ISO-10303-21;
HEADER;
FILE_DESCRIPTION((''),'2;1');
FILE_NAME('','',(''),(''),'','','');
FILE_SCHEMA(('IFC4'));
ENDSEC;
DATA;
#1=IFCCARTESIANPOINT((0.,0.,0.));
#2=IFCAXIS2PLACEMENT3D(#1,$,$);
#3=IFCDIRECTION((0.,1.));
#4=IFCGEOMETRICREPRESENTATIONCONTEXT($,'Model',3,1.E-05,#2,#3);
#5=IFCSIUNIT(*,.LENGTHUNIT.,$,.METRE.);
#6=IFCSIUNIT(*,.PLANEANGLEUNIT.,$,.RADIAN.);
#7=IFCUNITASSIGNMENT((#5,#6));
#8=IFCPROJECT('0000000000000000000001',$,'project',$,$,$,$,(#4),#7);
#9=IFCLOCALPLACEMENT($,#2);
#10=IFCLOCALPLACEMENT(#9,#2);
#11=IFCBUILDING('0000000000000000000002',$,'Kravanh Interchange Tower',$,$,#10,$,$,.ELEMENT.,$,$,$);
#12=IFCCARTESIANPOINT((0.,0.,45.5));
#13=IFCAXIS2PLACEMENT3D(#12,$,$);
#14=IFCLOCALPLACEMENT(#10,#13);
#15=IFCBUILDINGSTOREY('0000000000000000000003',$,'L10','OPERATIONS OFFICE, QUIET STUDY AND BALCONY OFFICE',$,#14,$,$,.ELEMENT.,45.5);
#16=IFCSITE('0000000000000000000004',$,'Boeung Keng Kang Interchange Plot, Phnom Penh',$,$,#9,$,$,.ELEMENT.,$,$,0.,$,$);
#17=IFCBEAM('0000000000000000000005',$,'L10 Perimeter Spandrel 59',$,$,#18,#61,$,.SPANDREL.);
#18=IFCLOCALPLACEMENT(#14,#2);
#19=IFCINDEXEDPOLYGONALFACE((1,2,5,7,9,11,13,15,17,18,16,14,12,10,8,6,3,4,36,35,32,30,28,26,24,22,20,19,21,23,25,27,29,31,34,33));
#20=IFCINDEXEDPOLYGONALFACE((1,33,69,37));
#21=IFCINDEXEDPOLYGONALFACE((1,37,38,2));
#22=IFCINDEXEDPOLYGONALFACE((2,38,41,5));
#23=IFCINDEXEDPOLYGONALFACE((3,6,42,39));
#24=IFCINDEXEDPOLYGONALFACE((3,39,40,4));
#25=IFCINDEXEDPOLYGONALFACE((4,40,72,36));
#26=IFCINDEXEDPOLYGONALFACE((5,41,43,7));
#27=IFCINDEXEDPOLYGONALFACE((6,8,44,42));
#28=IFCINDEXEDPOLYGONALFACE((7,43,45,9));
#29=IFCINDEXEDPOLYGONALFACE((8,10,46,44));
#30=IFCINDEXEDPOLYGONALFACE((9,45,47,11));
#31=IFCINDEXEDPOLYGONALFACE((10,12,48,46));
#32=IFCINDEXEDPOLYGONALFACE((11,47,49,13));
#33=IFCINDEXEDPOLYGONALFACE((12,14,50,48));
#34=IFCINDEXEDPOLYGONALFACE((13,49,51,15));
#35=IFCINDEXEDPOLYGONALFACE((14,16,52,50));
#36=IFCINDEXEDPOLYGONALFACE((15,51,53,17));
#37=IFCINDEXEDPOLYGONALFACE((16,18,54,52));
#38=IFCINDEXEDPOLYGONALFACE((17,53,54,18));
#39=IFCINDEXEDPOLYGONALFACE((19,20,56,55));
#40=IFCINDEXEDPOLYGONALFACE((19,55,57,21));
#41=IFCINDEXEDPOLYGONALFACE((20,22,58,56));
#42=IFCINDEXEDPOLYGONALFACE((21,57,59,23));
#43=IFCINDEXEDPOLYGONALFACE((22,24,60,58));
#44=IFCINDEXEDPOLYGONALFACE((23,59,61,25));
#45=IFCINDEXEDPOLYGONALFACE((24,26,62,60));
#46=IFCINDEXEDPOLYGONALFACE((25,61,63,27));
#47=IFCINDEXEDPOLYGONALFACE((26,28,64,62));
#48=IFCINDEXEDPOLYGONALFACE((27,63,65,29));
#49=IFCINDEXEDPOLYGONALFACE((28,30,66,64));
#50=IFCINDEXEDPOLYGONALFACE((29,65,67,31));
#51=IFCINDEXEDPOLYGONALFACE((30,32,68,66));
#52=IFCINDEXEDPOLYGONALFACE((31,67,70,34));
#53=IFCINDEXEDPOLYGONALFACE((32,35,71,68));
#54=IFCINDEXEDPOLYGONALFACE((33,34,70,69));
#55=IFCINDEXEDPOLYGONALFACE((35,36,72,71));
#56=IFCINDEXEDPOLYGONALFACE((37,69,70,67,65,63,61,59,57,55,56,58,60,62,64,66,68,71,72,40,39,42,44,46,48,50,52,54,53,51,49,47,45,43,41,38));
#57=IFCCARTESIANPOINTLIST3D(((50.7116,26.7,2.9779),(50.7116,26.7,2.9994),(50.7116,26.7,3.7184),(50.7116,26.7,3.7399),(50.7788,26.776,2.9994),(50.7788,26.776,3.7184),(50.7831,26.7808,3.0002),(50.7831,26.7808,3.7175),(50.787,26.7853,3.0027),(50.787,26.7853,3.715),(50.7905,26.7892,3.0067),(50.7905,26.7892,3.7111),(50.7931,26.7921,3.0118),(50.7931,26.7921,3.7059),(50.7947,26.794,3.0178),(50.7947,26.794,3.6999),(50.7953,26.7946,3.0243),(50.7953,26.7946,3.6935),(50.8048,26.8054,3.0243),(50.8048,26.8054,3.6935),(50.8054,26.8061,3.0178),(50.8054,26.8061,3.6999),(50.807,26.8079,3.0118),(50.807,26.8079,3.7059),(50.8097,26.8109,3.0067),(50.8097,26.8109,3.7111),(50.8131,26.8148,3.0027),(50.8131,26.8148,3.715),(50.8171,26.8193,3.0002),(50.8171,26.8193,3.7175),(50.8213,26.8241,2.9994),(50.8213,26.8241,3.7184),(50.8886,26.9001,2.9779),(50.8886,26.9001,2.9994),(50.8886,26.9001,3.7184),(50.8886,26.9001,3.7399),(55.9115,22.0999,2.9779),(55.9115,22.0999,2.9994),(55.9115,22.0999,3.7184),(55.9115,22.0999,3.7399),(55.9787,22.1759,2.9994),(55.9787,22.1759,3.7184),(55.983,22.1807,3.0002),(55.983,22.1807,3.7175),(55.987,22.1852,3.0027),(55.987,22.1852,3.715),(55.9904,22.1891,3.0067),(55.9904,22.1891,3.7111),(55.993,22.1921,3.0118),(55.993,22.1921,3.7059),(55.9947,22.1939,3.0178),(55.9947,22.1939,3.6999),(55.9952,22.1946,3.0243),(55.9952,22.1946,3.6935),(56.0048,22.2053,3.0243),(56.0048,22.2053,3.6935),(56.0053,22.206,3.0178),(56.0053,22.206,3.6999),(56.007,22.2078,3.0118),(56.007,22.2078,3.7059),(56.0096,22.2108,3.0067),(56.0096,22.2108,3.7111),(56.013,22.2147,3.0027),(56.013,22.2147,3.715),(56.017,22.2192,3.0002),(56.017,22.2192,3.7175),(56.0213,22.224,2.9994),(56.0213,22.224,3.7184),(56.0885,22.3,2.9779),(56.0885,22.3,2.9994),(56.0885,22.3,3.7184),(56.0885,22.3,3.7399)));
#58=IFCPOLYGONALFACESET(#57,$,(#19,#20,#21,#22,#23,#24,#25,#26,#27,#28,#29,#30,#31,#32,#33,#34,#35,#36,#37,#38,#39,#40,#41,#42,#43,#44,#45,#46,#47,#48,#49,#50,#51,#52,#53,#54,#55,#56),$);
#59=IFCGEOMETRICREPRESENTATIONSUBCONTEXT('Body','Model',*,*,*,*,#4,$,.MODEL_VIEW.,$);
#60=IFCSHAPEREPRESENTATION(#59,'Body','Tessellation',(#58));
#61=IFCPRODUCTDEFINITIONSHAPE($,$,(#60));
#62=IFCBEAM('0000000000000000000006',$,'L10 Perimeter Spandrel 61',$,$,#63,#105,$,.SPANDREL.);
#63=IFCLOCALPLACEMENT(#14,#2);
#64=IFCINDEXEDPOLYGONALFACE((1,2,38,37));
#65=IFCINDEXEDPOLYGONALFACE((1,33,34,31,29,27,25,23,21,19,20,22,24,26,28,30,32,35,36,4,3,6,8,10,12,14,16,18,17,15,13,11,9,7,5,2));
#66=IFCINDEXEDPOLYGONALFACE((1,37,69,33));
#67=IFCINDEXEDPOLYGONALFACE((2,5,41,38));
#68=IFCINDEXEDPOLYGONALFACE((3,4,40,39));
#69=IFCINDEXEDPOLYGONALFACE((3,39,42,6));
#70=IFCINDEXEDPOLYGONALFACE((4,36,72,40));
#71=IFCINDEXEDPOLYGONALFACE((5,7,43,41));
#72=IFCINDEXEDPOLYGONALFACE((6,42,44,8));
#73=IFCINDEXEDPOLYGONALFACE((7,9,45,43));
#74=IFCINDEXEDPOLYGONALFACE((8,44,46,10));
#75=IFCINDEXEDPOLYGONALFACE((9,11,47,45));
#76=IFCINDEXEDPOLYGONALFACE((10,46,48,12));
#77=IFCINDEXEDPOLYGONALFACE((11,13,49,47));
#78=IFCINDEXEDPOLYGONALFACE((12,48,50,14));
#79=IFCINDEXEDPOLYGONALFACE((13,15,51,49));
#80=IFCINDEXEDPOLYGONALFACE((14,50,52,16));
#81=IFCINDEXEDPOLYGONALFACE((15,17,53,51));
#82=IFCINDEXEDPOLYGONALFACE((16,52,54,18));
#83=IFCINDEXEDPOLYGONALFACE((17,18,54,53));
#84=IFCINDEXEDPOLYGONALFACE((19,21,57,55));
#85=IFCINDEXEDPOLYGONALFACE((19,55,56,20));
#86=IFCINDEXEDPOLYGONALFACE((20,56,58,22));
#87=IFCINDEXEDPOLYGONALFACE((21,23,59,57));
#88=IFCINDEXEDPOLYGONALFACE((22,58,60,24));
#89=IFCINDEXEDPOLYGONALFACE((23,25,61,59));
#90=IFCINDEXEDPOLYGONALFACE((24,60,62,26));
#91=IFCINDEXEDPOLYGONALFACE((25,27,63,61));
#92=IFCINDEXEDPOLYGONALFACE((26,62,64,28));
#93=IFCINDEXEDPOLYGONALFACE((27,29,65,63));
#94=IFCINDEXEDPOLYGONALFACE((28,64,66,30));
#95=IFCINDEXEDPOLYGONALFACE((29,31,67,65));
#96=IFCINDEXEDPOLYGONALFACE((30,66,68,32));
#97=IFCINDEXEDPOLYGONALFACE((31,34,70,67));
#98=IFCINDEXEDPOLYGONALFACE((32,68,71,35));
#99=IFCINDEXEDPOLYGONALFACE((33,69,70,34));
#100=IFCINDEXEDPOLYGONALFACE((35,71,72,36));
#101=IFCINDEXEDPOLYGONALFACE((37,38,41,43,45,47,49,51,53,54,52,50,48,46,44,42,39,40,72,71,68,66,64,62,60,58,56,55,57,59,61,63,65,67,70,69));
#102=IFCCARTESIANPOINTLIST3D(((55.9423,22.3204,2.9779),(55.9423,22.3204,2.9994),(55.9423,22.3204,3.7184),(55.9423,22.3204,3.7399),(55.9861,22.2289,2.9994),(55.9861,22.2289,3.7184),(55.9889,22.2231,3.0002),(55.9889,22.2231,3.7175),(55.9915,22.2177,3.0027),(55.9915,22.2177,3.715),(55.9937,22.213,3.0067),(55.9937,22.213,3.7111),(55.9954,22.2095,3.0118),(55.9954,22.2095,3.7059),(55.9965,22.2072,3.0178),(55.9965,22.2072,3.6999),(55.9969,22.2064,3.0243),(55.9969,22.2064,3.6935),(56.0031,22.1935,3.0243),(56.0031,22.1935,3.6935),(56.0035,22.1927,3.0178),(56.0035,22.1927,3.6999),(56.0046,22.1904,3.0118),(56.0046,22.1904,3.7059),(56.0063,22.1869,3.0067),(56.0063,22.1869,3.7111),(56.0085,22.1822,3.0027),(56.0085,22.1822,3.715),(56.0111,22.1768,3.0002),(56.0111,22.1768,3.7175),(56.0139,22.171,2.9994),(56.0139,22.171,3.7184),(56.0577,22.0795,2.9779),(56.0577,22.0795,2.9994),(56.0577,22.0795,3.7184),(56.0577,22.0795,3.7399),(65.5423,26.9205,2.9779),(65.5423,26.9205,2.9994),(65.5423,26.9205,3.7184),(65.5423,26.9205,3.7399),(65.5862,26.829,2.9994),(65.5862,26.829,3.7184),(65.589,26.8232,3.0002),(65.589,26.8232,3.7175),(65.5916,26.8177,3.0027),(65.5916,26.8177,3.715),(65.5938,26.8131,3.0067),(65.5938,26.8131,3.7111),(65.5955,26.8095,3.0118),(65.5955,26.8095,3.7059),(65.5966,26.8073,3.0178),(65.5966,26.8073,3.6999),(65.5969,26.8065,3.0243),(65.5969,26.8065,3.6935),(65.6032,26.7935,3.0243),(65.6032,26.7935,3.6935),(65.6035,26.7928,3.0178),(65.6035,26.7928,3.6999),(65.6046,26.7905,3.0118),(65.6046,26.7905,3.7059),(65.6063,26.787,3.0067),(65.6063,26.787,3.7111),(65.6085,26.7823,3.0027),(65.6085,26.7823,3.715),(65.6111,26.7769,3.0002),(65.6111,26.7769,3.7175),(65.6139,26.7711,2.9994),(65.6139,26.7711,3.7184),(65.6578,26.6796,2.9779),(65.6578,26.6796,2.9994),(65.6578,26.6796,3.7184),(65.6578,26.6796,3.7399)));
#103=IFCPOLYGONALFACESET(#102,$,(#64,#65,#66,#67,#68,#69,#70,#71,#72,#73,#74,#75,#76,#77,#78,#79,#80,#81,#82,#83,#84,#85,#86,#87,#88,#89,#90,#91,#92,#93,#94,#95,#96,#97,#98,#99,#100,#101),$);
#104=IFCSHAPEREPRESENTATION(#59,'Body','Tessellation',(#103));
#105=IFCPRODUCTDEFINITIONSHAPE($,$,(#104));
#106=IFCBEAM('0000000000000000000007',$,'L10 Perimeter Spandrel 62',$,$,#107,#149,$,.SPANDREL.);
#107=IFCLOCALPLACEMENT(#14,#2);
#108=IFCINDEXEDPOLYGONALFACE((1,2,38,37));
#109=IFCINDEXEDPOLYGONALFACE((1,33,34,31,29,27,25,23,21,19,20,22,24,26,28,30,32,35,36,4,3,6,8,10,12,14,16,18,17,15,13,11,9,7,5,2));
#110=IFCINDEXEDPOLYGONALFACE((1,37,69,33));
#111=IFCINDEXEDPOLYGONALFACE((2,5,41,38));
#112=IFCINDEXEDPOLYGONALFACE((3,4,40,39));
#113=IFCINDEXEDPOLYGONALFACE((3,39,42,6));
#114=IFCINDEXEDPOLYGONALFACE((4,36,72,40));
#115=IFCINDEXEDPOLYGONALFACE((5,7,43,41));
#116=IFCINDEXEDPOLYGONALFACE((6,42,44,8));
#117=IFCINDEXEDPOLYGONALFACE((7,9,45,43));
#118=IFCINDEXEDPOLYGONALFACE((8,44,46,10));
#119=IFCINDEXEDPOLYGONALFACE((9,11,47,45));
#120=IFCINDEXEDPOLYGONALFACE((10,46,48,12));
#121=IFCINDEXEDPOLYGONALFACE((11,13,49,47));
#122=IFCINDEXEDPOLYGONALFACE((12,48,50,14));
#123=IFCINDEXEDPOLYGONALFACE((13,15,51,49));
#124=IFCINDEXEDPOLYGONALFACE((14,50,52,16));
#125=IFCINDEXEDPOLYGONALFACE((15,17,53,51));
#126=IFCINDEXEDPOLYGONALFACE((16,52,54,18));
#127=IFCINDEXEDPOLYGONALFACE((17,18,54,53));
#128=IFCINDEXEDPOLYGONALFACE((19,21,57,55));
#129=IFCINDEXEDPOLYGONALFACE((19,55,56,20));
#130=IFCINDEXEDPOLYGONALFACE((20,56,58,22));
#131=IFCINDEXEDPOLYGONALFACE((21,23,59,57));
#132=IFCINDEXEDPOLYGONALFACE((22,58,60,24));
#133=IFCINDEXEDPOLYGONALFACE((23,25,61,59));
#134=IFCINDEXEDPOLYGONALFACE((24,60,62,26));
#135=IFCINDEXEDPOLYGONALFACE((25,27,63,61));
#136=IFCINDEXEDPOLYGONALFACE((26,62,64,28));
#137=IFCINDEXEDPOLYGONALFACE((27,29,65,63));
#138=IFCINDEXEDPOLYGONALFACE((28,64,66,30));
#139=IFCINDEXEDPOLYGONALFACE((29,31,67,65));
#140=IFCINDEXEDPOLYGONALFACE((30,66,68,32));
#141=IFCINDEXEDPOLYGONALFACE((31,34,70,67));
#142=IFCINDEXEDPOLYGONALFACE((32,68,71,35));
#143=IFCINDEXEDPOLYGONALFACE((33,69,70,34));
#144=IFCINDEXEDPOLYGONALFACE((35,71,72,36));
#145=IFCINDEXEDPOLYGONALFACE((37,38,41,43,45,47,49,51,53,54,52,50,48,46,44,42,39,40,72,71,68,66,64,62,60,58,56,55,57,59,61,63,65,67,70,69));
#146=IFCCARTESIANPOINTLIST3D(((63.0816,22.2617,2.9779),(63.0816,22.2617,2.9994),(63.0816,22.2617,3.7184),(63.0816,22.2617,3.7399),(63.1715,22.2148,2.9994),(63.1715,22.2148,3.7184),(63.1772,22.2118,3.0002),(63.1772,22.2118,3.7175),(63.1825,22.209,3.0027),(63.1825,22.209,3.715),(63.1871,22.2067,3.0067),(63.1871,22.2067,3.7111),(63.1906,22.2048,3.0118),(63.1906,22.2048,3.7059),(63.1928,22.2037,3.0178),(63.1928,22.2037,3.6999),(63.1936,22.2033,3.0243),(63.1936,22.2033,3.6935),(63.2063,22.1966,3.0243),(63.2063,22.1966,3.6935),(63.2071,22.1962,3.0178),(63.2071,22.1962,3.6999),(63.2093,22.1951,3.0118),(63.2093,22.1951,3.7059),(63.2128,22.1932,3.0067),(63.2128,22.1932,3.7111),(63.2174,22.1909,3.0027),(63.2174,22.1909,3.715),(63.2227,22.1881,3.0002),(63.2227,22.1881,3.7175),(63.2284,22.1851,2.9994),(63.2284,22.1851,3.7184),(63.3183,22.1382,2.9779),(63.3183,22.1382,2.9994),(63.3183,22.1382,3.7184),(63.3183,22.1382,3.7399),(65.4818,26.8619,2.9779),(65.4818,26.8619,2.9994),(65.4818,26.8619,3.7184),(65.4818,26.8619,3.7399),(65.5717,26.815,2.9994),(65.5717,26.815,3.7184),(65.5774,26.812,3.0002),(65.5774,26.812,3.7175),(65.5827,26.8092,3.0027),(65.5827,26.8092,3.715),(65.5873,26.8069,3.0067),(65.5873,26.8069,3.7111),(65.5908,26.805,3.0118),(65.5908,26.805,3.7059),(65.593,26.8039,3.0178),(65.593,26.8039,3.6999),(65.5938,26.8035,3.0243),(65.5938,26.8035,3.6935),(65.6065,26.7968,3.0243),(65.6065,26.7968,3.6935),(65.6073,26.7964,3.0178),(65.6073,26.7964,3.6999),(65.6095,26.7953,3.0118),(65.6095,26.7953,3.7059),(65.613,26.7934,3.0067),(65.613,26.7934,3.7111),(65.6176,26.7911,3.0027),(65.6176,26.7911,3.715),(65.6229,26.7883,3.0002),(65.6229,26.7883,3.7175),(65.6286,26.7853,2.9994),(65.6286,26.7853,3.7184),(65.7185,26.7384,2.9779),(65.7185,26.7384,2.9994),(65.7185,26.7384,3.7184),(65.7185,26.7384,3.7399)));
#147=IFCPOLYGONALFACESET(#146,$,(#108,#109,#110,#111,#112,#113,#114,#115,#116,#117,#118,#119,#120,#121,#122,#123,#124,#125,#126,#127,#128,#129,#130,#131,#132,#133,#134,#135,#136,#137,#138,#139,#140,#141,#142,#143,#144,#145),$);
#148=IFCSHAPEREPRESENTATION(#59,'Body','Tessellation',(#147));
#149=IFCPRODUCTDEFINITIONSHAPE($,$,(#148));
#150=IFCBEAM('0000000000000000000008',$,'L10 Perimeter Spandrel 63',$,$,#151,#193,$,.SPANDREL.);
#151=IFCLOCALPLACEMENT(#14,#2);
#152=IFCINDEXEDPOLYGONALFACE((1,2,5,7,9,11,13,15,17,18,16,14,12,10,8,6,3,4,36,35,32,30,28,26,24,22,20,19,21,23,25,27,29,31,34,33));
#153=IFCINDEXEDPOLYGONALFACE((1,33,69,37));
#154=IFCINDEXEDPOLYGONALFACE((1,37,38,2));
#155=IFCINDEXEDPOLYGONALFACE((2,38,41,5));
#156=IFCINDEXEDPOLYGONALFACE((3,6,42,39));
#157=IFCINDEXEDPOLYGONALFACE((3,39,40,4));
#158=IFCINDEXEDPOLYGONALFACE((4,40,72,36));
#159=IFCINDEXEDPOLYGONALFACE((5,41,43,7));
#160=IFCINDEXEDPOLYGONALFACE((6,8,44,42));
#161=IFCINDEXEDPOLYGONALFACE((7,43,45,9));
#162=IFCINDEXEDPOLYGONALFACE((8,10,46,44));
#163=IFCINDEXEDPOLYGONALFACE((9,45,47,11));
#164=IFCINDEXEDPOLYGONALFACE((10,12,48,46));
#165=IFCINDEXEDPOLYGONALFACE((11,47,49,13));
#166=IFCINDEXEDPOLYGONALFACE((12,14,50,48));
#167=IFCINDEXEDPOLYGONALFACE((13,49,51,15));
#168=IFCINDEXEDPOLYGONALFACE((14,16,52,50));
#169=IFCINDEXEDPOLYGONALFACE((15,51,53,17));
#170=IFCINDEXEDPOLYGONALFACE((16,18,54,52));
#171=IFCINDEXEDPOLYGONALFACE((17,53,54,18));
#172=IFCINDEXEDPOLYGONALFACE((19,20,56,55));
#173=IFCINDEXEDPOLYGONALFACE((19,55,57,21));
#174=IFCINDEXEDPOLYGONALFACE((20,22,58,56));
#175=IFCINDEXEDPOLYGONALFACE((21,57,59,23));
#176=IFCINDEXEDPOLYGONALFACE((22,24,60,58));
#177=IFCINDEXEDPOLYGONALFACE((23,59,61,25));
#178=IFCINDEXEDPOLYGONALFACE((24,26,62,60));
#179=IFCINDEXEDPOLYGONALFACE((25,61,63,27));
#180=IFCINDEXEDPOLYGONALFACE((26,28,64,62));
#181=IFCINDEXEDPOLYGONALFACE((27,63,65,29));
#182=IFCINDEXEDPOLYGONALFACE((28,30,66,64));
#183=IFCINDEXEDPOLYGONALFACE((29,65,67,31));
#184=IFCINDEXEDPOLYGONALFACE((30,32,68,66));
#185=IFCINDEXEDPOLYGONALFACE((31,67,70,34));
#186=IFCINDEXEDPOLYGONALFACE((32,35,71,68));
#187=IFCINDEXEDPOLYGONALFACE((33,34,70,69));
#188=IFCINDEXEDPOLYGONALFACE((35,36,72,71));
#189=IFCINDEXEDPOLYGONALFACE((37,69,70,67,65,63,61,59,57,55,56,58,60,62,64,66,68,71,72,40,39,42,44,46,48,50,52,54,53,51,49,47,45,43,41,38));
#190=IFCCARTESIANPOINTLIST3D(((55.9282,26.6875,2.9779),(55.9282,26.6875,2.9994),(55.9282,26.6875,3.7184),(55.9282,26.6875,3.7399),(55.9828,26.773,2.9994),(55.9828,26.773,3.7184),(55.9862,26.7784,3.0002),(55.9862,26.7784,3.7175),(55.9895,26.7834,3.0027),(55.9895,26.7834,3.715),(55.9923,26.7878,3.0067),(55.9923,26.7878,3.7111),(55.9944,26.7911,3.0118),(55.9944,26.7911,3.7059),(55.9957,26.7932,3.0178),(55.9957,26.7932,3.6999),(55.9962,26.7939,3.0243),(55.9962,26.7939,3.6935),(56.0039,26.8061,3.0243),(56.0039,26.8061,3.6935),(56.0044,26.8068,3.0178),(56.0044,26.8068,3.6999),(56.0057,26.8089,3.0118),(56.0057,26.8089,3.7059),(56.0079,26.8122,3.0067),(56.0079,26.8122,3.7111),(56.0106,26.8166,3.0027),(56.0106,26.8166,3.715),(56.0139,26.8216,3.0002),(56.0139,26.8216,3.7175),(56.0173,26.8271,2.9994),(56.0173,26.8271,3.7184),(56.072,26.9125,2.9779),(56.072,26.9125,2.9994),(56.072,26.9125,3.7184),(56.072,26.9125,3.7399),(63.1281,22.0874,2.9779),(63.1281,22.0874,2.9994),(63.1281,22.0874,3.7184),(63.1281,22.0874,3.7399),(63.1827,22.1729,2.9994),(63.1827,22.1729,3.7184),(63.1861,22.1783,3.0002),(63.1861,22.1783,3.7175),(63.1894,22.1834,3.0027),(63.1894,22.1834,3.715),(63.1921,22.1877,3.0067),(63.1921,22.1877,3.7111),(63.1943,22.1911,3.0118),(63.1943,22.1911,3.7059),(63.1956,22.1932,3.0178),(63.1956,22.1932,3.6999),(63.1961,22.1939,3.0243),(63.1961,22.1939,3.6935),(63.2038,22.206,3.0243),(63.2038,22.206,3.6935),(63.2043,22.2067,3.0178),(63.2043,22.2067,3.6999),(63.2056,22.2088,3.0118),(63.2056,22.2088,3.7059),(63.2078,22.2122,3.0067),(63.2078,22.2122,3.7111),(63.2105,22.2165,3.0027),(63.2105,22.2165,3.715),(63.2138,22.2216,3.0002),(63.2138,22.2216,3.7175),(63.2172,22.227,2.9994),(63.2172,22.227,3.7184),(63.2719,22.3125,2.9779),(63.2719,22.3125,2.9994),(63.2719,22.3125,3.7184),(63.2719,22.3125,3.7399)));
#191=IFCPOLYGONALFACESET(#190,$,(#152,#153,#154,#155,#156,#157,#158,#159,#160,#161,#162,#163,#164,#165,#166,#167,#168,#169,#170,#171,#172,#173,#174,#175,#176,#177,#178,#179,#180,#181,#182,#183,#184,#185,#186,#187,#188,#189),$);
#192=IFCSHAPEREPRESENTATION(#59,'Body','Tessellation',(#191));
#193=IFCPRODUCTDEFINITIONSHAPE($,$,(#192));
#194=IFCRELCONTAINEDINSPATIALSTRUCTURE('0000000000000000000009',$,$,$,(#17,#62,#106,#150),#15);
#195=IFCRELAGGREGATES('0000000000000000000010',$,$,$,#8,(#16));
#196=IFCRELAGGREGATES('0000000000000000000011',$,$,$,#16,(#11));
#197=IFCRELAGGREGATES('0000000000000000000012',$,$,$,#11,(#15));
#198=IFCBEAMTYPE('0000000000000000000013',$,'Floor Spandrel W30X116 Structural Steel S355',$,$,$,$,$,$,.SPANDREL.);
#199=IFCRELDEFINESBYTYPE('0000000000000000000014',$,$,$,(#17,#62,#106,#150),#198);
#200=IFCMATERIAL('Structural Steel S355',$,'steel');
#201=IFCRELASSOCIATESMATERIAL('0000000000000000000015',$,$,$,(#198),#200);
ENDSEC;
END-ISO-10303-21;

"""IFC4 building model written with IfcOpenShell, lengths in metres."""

from ifc_helpers import new_model, si_unit, direction, frame, origin, origin_2d, place, context, subcontext, project, spatial, i_section, extrude, material, material_profile, profile_set, type_object, element, save


model = new_model("IFC4")

# Units and contexts
model_context = context("Model", 3, precision=1e-05, world=origin(), true_north=direction((0.0, 1.0)))
body_context = subcontext(model_context, "Body", "Model", "MODEL_VIEW")
ifc_project = project(units=[si_unit("LENGTHUNIT", "METRE"), si_unit("PLANEANGLEUNIT", "RADIAN")], contexts=[model_context])

# Site, building, storey
site_placement = place(None, origin())
site = spatial("IfcSite", under=ifc_project, at=site_placement, Name="Boeung Keng Kang Interchange Plot, Phnom Penh", CompositionType="ELEMENT", RefElevation=0.0)
building_placement = place(site_placement, origin())
building = spatial("IfcBuilding", under=site, at=building_placement, Name="Kravanh Interchange Tower", CompositionType="ELEMENT")
storey_placement = place(building_placement, frame((0.0, 0.0, 45.5)))
storey = spatial("IfcBuildingStorey", under=building, at=storey_placement, Name="L10", Description="OPERATIONS OFFICE, QUIET STUDY AND BALCONY OFFICE", CompositionType="ELEMENT", Elevation=45.5)

# Beams
ifc_material_1 = material(Name="Structural Steel S355", Category="steel")
ifc_material_profile_1 = material_profile(ifc_material_1, i_section(OverallWidth=0.2671, OverallDepth=0.762, WebThickness=0.0144, FlangeThickness=0.0215, FilletRadius=0.0249, at=origin_2d()), Name="W30X116")
ifc_profile_set_1 = profile_set([ifc_material_profile_1], Name="Structural Steel S355")
beam_type_1 = type_object("IfcBeamType", Name="Floor Spandrel W30X116 Structural Steel S355", PredefinedType="SPANDREL", material=ifc_profile_set_1)
beam_1_placement = place(storey_placement, frame((56.0, 22.2, 3.3589), z_axis=(-0.748986, 0.662585, 0.0), x_axis=(-0.662585, -0.748986, 0.0)))
element("IfcBeam", 1, at=beam_1_placement, inside=storey, type_object=beam_type_1, Name="L10 Perimeter Spandrel 59", PredefinedType="SPANDREL", context=body_context, shape_type="SweptSolid", body=[
    extrude(i_section(OverallWidth=0.2671, OverallDepth=0.762, WebThickness=0.0144, FlangeThickness=0.0215, FilletRadius=0.0249, at=origin_2d()), origin(), (0.0, 0.0, 1.0), 6.9426),
])
beam_2_placement = place(storey_placement, frame((56.0, 22.2, 3.3589), z_axis=(0.901814, 0.432124, 0.0), x_axis=(-0.432124, 0.901814, 0.0)))
element("IfcBeam", 2, at=beam_2_placement, inside=storey, type_object=beam_type_1, Name="L10 Perimeter Spandrel 61", PredefinedType="SPANDREL", context=body_context, shape_type="SweptSolid", body=[
    extrude(i_section(OverallWidth=0.2671, OverallDepth=0.762, WebThickness=0.0144, FlangeThickness=0.0215, FilletRadius=0.0249, at=origin_2d()), origin(), (0.0, 0.0, 1.0), 10.6453),
])
beam_3_placement = place(storey_placement, frame((63.2, 22.2, 3.3589), z_axis=(0.46258, 0.886577, 0.0), x_axis=(-0.886577, 0.46258, 0.0)))
element("IfcBeam", 3, at=beam_3_placement, inside=storey, type_object=beam_type_1, Name="L10 Perimeter Spandrel 62", PredefinedType="SPANDREL", context=body_context, shape_type="SweptSolid", body=[
    extrude(i_section(OverallWidth=0.2671, OverallDepth=0.762, WebThickness=0.0144, FlangeThickness=0.0215, FilletRadius=0.0249, at=origin_2d()), origin(), (0.0, 0.0, 1.0), 5.1887),
])
beam_4_placement = place(storey_placement, frame((63.2, 22.2, 3.3589), z_axis=(-0.842689, 0.5384, 0.0), x_axis=(-0.5384, -0.842689, 0.0)))
element("IfcBeam", 4, at=beam_4_placement, inside=storey, type_object=beam_type_1, Name="L10 Perimeter Spandrel 63", PredefinedType="SPANDREL", context=body_context, shape_type="SweptSolid", body=[
    extrude(i_section(OverallWidth=0.2671, OverallDepth=0.762, WebThickness=0.0144, FlangeThickness=0.0215, FilletRadius=0.0249, at=origin_2d()), origin(), (0.0, 0.0, 1.0), 8.5439),
])

save(model, "model.ifc")
